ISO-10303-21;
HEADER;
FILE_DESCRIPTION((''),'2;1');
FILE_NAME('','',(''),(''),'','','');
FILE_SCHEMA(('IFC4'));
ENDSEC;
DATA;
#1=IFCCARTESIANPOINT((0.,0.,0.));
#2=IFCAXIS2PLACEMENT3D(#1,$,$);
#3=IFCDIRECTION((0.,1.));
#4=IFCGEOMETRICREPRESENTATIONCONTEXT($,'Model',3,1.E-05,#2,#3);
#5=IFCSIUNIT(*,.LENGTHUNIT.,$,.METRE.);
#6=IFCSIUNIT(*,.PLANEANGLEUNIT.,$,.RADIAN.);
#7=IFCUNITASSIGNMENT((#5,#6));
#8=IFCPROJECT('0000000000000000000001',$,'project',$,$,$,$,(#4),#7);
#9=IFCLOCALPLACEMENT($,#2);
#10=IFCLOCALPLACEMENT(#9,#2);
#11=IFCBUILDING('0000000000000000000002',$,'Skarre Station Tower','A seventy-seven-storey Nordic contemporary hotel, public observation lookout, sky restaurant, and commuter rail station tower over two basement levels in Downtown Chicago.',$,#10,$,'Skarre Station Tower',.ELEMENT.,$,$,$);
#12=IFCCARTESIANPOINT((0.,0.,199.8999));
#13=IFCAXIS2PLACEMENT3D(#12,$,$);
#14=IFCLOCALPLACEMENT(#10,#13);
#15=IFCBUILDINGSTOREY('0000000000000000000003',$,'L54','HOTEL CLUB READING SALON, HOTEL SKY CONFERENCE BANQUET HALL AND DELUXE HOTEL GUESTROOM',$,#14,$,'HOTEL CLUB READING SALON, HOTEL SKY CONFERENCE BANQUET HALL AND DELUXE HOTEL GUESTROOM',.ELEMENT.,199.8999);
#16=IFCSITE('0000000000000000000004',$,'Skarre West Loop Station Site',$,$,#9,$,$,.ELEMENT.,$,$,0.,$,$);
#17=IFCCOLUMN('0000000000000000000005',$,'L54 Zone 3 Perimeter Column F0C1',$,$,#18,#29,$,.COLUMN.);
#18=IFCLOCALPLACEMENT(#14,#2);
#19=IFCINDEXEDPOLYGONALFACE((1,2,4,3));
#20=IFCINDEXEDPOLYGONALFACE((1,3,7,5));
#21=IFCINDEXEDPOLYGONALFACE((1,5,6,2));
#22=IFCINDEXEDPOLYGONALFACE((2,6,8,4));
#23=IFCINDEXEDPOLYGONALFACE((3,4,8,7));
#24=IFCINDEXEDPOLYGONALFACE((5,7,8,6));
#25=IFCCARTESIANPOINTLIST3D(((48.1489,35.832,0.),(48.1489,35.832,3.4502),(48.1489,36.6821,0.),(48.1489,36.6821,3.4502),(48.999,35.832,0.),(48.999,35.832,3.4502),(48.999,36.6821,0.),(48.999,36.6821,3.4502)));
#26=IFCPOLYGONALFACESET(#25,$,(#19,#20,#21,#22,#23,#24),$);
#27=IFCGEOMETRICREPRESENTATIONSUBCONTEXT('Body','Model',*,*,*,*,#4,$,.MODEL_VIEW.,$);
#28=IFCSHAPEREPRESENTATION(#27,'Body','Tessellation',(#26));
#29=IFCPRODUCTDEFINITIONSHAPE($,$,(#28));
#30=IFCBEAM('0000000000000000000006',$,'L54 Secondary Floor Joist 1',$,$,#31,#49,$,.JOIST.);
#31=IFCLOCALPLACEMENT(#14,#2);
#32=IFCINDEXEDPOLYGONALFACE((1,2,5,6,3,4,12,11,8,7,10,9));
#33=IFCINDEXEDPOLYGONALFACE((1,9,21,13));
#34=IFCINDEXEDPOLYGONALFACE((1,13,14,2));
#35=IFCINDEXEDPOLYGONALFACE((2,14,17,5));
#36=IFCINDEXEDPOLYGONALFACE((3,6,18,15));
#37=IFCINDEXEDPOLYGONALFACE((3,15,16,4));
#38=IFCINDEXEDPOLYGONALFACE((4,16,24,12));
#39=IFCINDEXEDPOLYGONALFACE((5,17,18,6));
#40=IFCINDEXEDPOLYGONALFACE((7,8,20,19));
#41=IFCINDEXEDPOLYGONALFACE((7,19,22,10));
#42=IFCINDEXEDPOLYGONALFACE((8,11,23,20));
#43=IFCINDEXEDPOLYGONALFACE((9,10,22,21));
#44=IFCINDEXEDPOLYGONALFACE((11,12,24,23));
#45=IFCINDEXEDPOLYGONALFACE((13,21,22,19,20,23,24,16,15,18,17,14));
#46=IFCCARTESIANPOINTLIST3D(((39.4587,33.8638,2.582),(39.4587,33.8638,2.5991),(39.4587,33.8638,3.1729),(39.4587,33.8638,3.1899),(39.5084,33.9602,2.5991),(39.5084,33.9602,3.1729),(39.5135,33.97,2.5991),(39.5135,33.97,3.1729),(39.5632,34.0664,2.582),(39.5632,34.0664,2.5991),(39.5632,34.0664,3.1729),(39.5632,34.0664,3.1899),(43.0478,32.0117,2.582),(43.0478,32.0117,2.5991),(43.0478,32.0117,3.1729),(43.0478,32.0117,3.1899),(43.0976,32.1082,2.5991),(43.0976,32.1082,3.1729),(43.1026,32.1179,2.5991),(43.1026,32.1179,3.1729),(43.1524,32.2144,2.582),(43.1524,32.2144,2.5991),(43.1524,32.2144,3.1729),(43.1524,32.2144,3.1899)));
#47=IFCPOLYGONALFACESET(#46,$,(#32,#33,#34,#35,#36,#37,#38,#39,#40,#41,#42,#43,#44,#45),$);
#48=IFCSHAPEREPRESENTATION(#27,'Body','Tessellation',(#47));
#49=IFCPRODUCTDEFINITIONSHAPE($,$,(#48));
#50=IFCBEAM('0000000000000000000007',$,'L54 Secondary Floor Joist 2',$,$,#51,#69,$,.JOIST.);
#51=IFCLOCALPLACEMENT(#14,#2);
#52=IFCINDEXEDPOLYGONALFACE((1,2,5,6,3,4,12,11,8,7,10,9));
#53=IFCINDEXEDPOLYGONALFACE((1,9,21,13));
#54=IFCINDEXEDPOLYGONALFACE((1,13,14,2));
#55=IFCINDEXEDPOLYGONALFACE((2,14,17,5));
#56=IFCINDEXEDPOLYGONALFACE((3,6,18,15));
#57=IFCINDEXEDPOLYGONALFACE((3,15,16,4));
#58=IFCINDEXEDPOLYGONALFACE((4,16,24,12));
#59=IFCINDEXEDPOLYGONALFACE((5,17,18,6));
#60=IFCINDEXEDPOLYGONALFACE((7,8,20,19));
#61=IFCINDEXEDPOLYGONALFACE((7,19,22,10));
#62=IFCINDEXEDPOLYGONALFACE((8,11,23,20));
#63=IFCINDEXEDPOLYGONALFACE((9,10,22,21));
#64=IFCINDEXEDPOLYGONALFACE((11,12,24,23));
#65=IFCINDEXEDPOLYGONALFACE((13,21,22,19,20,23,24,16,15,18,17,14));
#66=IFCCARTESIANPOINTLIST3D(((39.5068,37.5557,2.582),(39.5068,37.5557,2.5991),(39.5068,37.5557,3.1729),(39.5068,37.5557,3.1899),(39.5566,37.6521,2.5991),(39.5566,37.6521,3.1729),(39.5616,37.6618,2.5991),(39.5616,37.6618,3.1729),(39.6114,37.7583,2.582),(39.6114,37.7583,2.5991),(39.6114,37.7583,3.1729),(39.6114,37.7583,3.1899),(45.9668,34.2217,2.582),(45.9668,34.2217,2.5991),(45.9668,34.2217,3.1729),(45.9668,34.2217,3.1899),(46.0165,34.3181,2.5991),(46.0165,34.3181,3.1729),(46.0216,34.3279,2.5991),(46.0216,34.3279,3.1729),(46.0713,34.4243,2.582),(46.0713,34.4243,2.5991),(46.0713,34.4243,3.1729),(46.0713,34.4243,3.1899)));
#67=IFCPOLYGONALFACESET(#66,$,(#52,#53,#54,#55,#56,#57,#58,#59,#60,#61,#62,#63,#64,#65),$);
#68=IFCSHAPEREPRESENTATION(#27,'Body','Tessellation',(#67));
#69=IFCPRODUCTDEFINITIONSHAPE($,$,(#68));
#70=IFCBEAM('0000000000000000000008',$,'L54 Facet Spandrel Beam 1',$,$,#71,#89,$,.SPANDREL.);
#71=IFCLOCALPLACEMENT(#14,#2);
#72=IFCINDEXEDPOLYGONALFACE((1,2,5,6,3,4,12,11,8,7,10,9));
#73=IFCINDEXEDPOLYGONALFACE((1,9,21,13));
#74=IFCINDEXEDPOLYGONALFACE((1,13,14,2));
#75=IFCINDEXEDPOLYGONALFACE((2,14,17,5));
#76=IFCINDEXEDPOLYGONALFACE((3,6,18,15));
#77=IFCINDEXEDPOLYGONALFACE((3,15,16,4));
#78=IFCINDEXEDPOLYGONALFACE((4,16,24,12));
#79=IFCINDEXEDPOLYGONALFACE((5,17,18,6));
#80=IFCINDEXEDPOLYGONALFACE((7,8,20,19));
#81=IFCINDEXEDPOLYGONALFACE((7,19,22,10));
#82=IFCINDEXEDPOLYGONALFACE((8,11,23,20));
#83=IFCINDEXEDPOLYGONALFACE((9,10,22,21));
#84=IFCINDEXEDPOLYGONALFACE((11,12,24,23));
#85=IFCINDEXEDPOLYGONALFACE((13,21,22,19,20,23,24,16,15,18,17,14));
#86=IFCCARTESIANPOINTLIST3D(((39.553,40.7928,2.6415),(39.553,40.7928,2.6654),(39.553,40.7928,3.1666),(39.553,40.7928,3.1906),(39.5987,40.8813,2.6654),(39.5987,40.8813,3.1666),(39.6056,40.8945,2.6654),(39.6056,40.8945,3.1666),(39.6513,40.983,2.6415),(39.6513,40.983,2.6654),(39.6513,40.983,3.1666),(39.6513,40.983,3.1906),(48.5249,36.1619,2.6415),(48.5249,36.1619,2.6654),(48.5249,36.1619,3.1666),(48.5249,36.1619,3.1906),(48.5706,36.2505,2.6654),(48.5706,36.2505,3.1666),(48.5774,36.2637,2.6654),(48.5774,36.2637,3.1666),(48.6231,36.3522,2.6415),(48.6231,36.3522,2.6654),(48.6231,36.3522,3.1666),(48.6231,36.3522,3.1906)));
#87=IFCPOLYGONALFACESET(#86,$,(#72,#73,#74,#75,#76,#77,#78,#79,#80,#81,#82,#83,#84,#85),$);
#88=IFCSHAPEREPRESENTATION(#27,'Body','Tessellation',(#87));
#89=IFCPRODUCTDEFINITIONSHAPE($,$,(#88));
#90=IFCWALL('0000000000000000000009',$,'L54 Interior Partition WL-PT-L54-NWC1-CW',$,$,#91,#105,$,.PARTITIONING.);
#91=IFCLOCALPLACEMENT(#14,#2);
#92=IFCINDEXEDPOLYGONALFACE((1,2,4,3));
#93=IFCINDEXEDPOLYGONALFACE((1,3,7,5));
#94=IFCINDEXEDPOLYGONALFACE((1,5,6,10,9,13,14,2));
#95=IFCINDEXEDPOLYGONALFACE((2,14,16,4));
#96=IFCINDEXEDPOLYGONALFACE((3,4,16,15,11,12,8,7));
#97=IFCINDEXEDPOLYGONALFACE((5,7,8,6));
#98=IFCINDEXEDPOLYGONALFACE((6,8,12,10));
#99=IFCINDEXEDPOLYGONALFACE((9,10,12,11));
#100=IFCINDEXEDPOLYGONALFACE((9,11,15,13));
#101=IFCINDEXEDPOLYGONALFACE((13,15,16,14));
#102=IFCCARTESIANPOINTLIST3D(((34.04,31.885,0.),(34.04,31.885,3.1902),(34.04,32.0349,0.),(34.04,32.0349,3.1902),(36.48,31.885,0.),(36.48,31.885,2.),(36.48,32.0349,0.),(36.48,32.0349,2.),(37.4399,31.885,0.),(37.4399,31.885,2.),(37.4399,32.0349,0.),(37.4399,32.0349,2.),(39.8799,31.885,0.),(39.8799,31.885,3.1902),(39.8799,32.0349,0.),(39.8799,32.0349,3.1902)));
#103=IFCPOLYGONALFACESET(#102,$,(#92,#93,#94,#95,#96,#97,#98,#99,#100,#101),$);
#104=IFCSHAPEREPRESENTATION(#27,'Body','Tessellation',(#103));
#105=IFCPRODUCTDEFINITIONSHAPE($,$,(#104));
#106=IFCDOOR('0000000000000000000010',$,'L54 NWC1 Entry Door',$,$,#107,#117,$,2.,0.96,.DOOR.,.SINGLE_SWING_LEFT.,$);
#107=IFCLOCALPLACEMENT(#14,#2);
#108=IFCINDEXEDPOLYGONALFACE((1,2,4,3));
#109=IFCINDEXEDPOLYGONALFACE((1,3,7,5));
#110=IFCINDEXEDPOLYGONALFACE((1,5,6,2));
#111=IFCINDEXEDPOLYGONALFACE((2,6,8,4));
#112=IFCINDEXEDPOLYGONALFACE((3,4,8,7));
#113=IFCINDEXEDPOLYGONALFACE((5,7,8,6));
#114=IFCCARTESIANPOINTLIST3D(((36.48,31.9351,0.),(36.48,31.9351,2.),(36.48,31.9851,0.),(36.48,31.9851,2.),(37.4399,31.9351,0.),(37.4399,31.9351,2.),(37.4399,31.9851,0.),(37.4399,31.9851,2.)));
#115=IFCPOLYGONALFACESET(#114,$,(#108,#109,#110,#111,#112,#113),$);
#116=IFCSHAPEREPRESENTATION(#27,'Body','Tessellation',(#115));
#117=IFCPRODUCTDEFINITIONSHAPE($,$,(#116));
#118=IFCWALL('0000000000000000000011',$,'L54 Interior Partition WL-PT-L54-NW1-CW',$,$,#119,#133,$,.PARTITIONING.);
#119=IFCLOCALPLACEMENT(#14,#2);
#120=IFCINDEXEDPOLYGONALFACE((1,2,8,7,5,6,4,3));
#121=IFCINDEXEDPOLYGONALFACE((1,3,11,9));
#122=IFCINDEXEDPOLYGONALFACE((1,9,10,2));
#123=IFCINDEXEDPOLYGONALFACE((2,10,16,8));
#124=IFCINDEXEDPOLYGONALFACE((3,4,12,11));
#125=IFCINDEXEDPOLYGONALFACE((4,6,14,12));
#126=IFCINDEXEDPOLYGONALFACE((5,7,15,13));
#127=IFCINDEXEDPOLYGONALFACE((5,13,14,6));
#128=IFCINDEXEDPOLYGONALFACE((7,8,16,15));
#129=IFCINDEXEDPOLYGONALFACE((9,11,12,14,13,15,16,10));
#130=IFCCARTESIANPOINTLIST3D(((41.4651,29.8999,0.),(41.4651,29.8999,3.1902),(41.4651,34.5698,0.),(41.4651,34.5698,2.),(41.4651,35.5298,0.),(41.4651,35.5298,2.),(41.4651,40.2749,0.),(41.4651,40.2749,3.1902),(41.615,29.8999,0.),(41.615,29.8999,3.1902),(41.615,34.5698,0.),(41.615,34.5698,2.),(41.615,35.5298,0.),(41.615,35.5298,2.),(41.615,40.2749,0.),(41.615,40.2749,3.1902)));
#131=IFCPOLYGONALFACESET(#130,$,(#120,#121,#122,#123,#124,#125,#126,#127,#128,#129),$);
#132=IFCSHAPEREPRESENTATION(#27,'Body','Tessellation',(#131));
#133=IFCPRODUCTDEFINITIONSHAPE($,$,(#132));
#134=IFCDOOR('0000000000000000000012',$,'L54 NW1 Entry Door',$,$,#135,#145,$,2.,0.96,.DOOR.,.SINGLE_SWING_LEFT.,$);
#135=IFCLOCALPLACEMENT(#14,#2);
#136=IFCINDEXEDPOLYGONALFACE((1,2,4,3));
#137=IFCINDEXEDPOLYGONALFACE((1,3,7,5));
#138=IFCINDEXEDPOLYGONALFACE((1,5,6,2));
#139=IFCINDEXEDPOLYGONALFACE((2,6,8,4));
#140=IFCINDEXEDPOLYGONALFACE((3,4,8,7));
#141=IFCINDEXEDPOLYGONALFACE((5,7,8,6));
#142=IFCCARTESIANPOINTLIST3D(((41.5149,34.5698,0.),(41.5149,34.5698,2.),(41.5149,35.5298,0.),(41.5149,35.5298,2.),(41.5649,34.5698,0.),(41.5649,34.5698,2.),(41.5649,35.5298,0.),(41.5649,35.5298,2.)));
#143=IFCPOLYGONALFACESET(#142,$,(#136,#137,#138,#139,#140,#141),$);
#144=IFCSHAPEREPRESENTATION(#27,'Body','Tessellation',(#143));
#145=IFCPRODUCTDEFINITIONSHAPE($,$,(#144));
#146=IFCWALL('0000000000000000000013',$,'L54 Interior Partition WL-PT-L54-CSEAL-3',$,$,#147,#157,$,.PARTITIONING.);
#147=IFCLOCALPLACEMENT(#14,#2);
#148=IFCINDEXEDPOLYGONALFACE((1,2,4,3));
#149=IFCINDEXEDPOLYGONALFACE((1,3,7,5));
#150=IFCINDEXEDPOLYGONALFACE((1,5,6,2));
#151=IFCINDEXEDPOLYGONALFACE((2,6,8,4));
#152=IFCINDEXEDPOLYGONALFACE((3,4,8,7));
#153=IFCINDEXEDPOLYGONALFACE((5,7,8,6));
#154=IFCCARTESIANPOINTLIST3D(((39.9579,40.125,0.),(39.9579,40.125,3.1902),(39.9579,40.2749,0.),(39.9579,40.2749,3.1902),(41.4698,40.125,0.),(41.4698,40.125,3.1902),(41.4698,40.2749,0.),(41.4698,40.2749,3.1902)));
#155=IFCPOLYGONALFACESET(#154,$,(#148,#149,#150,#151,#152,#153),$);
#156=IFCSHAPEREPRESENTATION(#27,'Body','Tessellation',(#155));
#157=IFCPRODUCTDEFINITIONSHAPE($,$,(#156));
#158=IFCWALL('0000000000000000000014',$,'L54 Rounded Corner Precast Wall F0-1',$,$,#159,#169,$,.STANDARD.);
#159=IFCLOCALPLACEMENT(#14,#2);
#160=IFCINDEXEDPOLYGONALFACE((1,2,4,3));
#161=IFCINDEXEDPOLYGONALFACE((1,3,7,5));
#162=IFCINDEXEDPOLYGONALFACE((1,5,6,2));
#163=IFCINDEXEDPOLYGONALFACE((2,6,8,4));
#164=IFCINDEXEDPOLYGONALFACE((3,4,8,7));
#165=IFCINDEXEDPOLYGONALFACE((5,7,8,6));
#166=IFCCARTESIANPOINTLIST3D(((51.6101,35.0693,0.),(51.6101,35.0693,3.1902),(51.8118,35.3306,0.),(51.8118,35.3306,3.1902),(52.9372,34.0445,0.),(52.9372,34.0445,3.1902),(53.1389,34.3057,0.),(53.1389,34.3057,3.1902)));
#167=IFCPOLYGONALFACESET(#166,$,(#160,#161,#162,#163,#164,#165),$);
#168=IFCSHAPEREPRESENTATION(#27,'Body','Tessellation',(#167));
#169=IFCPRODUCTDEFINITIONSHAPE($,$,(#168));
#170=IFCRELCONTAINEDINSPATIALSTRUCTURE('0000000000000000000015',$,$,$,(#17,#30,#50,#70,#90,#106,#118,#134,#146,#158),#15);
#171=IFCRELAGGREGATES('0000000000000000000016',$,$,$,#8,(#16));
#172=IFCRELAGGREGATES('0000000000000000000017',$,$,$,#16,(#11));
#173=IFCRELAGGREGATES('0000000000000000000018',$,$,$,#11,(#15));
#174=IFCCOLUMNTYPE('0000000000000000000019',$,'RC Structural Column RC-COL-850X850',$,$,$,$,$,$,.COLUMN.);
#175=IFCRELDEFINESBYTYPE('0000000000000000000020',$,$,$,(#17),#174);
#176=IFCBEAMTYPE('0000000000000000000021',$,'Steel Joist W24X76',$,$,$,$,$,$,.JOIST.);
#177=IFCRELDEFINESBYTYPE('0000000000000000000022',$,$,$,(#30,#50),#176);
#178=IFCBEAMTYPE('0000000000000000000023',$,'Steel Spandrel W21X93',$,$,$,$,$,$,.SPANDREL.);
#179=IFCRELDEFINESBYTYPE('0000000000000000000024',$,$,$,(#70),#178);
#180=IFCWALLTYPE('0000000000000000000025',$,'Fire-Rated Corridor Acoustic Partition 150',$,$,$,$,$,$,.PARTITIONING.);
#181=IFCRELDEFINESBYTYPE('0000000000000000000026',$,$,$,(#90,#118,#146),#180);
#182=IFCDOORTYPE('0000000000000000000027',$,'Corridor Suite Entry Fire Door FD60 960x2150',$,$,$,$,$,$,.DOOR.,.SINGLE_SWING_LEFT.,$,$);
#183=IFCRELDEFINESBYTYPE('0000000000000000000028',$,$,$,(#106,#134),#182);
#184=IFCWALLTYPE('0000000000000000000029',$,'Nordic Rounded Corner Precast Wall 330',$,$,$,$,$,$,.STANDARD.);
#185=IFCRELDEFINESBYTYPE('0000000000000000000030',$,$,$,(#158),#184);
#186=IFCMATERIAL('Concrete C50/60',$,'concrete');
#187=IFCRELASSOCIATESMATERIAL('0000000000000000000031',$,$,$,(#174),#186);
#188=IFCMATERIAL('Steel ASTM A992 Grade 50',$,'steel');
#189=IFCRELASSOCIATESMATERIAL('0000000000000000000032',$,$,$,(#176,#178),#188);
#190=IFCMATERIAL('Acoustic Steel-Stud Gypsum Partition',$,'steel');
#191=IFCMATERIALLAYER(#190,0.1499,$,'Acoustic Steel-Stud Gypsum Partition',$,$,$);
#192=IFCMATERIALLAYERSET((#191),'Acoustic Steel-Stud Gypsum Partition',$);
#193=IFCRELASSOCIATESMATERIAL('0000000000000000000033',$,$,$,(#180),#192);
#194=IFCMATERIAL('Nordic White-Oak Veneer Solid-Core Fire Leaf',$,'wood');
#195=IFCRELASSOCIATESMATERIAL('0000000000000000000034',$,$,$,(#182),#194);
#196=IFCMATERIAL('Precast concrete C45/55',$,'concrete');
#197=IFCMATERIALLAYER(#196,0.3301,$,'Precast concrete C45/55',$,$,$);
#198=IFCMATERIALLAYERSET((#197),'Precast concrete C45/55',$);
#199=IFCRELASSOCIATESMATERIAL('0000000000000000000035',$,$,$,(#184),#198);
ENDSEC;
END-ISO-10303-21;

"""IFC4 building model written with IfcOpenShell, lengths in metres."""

from ifc_helpers import new_model, si_unit, direction, frame, frame_2d, origin, origin_2d, place, context, subcontext, project, spatial, rectangle, i_section, extrude, material, layer, layer_set, material_profile, profile_set, type_object, element, fill, save


model = new_model("IFC4")

# Units and contexts
model_context = context("Model", 3, precision=1e-05, world=origin(), true_north=direction((0.0, 1.0)))
body_context = subcontext(model_context, "Body", "Model", "MODEL_VIEW")
ifc_project = project(units=[si_unit("LENGTHUNIT", "METRE"), si_unit("PLANEANGLEUNIT", "RADIAN")], contexts=[model_context])

# Site, building, storey
site_placement = place(None, origin())
site = spatial("IfcSite", under=ifc_project, at=site_placement, Name="Skarre West Loop Station Site", CompositionType="ELEMENT", RefElevation=0.0)
building_placement = place(site_placement, origin())
building = spatial("IfcBuilding", under=site, at=building_placement, Name="Skarre Station Tower", Description="A seventy-seven-storey Nordic contemporary hotel, public observation lookout, sky restaurant, and commuter rail station tower over two basement levels in Downtown Chicago.", LongName="Skarre Station Tower", CompositionType="ELEMENT")
storey_placement = place(building_placement, frame((0.0, 0.0, 199.8999)))
storey = spatial("IfcBuildingStorey", under=building, at=storey_placement, Name="L54", Description="HOTEL CLUB READING SALON, HOTEL SKY CONFERENCE BANQUET HALL AND DELUXE HOTEL GUESTROOM", LongName="HOTEL CLUB READING SALON, HOTEL SKY CONFERENCE BANQUET HALL AND DELUXE HOTEL GUESTROOM", CompositionType="ELEMENT", Elevation=199.8999)

# Column
ifc_material_1 = material(Name="Concrete C50/60", Category="concrete")
ifc_material_profile_1 = material_profile(ifc_material_1, rectangle(XDim=0.8501, YDim=0.8501, at=origin_2d()), Name="Concrete C50/60")
ifc_profile_set_1 = profile_set([ifc_material_profile_1], Name="Concrete C50/60")
column_type = type_object("IfcColumnType", Name="RC Structural Column RC-COL-850X850", PredefinedType="COLUMN", material=ifc_profile_set_1)
column_placement = place(storey_placement, frame((48.574, 36.2571, 0.0), z_axis=(0.0, 0.0, 1.0), x_axis=(1.0, 0.0, 0.0)))
element("IfcColumn", 1, at=column_placement, inside=storey, type_object=column_type, Name="L54 Zone 3 Perimeter Column F0C1", PredefinedType="COLUMN", context=body_context, shape_type="SweptSolid", body=[
    extrude(rectangle(XDim=0.8501, YDim=0.8501, at=origin_2d()), origin(), (0.0, 0.0, 1.0), 3.4502),
])

# Beams
ifc_material_2 = material(Name="Steel ASTM A992 Grade 50", Category="steel")
ifc_material_profile_2 = material_profile(ifc_material_2, i_section(OverallWidth=0.228, OverallDepth=0.6079, WebThickness=0.011, FlangeThickness=0.0171, at=origin_2d()), Name="Steel ASTM A992 Grade 50")
ifc_profile_set_2 = profile_set([ifc_material_profile_2], Name="Steel ASTM A992 Grade 50")
beam_type_1 = type_object("IfcBeamType", Name="Steel Joist W24X76", PredefinedType="JOIST", material=ifc_profile_set_2)
beam_1_placement = place(storey_placement, frame((43.1001, 32.113, 2.886), z_axis=(-0.88866, 0.458566, 0.0), x_axis=(-0.458566, -0.88866, 0.0)))
element("IfcBeam", 2, at=beam_1_placement, inside=storey, type_object=beam_type_1, Name="L54 Secondary Floor Joist 1", PredefinedType="JOIST", context=body_context, shape_type="SweptSolid", body=[
    extrude(i_section(OverallWidth=0.228, OverallDepth=0.6079, WebThickness=0.011, FlangeThickness=0.0171, at=origin_2d()), origin(), (0.0, 0.0, 1.0), 4.0388),
])
beam_2_placement = place(storey_placement, frame((46.019, 34.323, 2.886), z_axis=(-0.888631, 0.458622, 0.0), x_axis=(-0.458622, -0.888631, 0.0)))
element("IfcBeam", 3, at=beam_2_placement, inside=storey, type_object=beam_type_1, Name="L54 Secondary Floor Joist 2", PredefinedType="JOIST", context=body_context, shape_type="SweptSolid", body=[
    extrude(i_section(OverallWidth=0.228, OverallDepth=0.6079, WebThickness=0.011, FlangeThickness=0.0171, at=origin_2d()), origin(), (0.0, 0.0, 1.0), 7.2695),
])
ifc_material_profile_3 = material_profile(ifc_material_2, i_section(OverallWidth=0.2141, OverallDepth=0.5491, WebThickness=0.0149, FlangeThickness=0.0239, at=origin_2d()), Name="Steel ASTM A992 Grade 50")
ifc_profile_set_3 = profile_set([ifc_material_profile_3], Name="Steel ASTM A992 Grade 50")
beam_type_2 = type_object("IfcBeamType", Name="Steel Spandrel W21X93", PredefinedType="SPANDREL", material=ifc_profile_set_3)
beam_3_placement = place(storey_placement, frame((48.574, 36.2571, 2.916), z_axis=(-0.888613, 0.458658, 0.0), x_axis=(-0.458658, -0.888613, 0.0)))
element("IfcBeam", 4, at=beam_3_placement, inside=storey, type_object=beam_type_2, Name="L54 Facet Spandrel Beam 1", PredefinedType="SPANDREL", context=body_context, shape_type="SweptSolid", body=[
    extrude(i_section(OverallWidth=0.2141, OverallDepth=0.5491, WebThickness=0.0149, FlangeThickness=0.0239, at=origin_2d()), origin(), (0.0, 0.0, 1.0), 10.0964),
])

# Walls, openings, doors
ifc_material_3 = material(Name="Acoustic Steel-Stud Gypsum Partition", Category="steel")
ifc_layer_1 = layer(ifc_material_3, 0.1499, Name="Acoustic Steel-Stud Gypsum Partition")
ifc_layer_set_1 = layer_set([ifc_layer_1], Name="Acoustic Steel-Stud Gypsum Partition")
wall_type_1 = type_object("IfcWallType", Name="Fire-Rated Corridor Acoustic Partition 150", PredefinedType="PARTITIONING", material=ifc_layer_set_1)
wall_1_placement = place(storey_placement, frame((39.8799, 31.96, 0.0), z_axis=(0.0, 0.0, 1.0), x_axis=(-1.0, 0.0, 0.0)))
wall_1 = element("IfcWall", 5, at=wall_1_placement, inside=storey, type_object=wall_type_1, Name="L54 Interior Partition WL-PT-L54-NWC1-CW", PredefinedType="PARTITIONING", context=body_context, shape_type="SweptSolid", body=[
    extrude(rectangle(XDim=5.8398, YDim=0.1499, at=frame_2d((2.9199, 0.0))), origin(), (0.0, 0.0, 1.0), 3.1902),
])
opening_1_placement = place(wall_1_placement, frame((2.4399, 0.0, 0.0)))
opening_1 = element("IfcOpeningElement", 6, at=opening_1_placement, cuts=wall_1, PredefinedType="OPENING", context=body_context, shape_type="SweptSolid", body=[
    extrude(rectangle(XDim=0.96, YDim=2.0, at=frame_2d((0.48, 1.0))), frame((0.0, 0.085, 0.0), z_axis=(0.0, -1.0, 0.0), x_axis=(1.0, 0.0, 0.0)), (0.0, 0.0, 1.0), 0.1699),
])
ifc_material_4 = material(Name="Nordic White-Oak Veneer Solid-Core Fire Leaf", Category="wood")
door_type = type_object("IfcDoorType", Name="Corridor Suite Entry Fire Door FD60 960x2150", OperationType="SINGLE_SWING_LEFT", PredefinedType="DOOR", material=ifc_material_4)
door_1_placement = place(opening_1_placement, origin())
door_1 = element("IfcDoor", 7, at=door_1_placement, inside=storey, type_object=door_type, Name="L54 NWC1 Entry Door", OperationType="SINGLE_SWING_LEFT", OverallHeight=2.0, OverallWidth=0.96, PredefinedType="DOOR", context=body_context, shape_type="SweptSolid", body=[
    extrude(rectangle(XDim=0.96, YDim=2.0, at=frame_2d((0.48, 1.0))), frame((0.0, 0.0249, 0.0), z_axis=(0.0, -1.0, 0.0), x_axis=(1.0, 0.0, 0.0)), (0.0, 0.0, 1.0), 0.05),
])
fill(opening_1, door_1)
wall_2_placement = place(storey_placement, frame((41.54, 40.2749, 0.0), z_axis=(0.0, 0.0, 1.0), x_axis=(0.0, -1.0, 0.0)))
wall_2 = element("IfcWall", 8, at=wall_2_placement, inside=storey, type_object=wall_type_1, Name="L54 Interior Partition WL-PT-L54-NW1-CW", PredefinedType="PARTITIONING", context=body_context, shape_type="SweptSolid", body=[
    extrude(rectangle(XDim=10.375, YDim=0.1499, at=frame_2d((5.1875, 0.0))), origin(), (0.0, 0.0, 1.0), 3.1902),
])
opening_2_placement = place(wall_2_placement, frame((4.7451, 0.0, 0.0)))
opening_2 = element("IfcOpeningElement", 9, at=opening_2_placement, cuts=wall_2, PredefinedType="OPENING", context=body_context, shape_type="SweptSolid", body=[
    extrude(rectangle(XDim=0.96, YDim=2.0, at=frame_2d((0.48, 1.0))), frame((0.0, 0.085, 0.0), z_axis=(0.0, -1.0, 0.0), x_axis=(1.0, 0.0, 0.0)), (0.0, 0.0, 1.0), 0.1699),
])
door_2_placement = place(opening_2_placement, origin())
door_2 = element("IfcDoor", 10, at=door_2_placement, inside=storey, type_object=door_type, Name="L54 NW1 Entry Door", OperationType="SINGLE_SWING_LEFT", OverallHeight=2.0, OverallWidth=0.96, PredefinedType="DOOR", context=body_context, shape_type="SweptSolid", body=[
    extrude(rectangle(XDim=0.96, YDim=2.0, at=frame_2d((0.48, 1.0))), frame((0.0, 0.0249, 0.0), z_axis=(0.0, -1.0, 0.0), x_axis=(1.0, 0.0, 0.0)), (0.0, 0.0, 1.0), 0.05),
])
fill(opening_2, door_2)

# Walls
wall_3_placement = place(storey_placement, frame((39.958, 40.2, 0.0), z_axis=(0.0, 0.0, 1.0), x_axis=(1.0, 0.0, 0.0)))
element("IfcWall", 11, at=wall_3_placement, inside=storey, type_object=wall_type_1, Name="L54 Interior Partition WL-PT-L54-CSEAL-3", PredefinedType="PARTITIONING", context=body_context, shape_type="SweptSolid", body=[
    extrude(rectangle(XDim=1.512, YDim=0.1499, at=frame_2d((0.7559, 0.0))), origin(), (0.0, 0.0, 1.0), 3.1902),
])
ifc_material_5 = material(Name="Precast concrete C45/55", Category="concrete")
ifc_layer_2 = layer(ifc_material_5, 0.3301, Name="Precast concrete C45/55")
ifc_layer_set_2 = layer_set([ifc_layer_2], Name="Precast concrete C45/55")
wall_type_2 = type_object("IfcWallType", Name="Nordic Rounded Corner Precast Wall 330", PredefinedType="STANDARD", material=ifc_layer_set_2)
wall_4_placement = place(storey_placement, frame((51.7109, 35.2, 0.0), z_axis=(0.0, 0.0, 1.0), x_axis=(0.791464, -0.611215, 0.0)))
element("IfcWall", 12, at=wall_4_placement, inside=storey, type_object=wall_type_2, Name="L54 Rounded Corner Precast Wall F0-1", PredefinedType="STANDARD", context=body_context, shape_type="SweptSolid", body=[
    extrude(rectangle(XDim=1.6768, YDim=0.3301, at=frame_2d((0.8384, 0.0))), origin(), (0.0, 0.0, 1.0), 3.1902),
])

save(model, "model.ifc")
